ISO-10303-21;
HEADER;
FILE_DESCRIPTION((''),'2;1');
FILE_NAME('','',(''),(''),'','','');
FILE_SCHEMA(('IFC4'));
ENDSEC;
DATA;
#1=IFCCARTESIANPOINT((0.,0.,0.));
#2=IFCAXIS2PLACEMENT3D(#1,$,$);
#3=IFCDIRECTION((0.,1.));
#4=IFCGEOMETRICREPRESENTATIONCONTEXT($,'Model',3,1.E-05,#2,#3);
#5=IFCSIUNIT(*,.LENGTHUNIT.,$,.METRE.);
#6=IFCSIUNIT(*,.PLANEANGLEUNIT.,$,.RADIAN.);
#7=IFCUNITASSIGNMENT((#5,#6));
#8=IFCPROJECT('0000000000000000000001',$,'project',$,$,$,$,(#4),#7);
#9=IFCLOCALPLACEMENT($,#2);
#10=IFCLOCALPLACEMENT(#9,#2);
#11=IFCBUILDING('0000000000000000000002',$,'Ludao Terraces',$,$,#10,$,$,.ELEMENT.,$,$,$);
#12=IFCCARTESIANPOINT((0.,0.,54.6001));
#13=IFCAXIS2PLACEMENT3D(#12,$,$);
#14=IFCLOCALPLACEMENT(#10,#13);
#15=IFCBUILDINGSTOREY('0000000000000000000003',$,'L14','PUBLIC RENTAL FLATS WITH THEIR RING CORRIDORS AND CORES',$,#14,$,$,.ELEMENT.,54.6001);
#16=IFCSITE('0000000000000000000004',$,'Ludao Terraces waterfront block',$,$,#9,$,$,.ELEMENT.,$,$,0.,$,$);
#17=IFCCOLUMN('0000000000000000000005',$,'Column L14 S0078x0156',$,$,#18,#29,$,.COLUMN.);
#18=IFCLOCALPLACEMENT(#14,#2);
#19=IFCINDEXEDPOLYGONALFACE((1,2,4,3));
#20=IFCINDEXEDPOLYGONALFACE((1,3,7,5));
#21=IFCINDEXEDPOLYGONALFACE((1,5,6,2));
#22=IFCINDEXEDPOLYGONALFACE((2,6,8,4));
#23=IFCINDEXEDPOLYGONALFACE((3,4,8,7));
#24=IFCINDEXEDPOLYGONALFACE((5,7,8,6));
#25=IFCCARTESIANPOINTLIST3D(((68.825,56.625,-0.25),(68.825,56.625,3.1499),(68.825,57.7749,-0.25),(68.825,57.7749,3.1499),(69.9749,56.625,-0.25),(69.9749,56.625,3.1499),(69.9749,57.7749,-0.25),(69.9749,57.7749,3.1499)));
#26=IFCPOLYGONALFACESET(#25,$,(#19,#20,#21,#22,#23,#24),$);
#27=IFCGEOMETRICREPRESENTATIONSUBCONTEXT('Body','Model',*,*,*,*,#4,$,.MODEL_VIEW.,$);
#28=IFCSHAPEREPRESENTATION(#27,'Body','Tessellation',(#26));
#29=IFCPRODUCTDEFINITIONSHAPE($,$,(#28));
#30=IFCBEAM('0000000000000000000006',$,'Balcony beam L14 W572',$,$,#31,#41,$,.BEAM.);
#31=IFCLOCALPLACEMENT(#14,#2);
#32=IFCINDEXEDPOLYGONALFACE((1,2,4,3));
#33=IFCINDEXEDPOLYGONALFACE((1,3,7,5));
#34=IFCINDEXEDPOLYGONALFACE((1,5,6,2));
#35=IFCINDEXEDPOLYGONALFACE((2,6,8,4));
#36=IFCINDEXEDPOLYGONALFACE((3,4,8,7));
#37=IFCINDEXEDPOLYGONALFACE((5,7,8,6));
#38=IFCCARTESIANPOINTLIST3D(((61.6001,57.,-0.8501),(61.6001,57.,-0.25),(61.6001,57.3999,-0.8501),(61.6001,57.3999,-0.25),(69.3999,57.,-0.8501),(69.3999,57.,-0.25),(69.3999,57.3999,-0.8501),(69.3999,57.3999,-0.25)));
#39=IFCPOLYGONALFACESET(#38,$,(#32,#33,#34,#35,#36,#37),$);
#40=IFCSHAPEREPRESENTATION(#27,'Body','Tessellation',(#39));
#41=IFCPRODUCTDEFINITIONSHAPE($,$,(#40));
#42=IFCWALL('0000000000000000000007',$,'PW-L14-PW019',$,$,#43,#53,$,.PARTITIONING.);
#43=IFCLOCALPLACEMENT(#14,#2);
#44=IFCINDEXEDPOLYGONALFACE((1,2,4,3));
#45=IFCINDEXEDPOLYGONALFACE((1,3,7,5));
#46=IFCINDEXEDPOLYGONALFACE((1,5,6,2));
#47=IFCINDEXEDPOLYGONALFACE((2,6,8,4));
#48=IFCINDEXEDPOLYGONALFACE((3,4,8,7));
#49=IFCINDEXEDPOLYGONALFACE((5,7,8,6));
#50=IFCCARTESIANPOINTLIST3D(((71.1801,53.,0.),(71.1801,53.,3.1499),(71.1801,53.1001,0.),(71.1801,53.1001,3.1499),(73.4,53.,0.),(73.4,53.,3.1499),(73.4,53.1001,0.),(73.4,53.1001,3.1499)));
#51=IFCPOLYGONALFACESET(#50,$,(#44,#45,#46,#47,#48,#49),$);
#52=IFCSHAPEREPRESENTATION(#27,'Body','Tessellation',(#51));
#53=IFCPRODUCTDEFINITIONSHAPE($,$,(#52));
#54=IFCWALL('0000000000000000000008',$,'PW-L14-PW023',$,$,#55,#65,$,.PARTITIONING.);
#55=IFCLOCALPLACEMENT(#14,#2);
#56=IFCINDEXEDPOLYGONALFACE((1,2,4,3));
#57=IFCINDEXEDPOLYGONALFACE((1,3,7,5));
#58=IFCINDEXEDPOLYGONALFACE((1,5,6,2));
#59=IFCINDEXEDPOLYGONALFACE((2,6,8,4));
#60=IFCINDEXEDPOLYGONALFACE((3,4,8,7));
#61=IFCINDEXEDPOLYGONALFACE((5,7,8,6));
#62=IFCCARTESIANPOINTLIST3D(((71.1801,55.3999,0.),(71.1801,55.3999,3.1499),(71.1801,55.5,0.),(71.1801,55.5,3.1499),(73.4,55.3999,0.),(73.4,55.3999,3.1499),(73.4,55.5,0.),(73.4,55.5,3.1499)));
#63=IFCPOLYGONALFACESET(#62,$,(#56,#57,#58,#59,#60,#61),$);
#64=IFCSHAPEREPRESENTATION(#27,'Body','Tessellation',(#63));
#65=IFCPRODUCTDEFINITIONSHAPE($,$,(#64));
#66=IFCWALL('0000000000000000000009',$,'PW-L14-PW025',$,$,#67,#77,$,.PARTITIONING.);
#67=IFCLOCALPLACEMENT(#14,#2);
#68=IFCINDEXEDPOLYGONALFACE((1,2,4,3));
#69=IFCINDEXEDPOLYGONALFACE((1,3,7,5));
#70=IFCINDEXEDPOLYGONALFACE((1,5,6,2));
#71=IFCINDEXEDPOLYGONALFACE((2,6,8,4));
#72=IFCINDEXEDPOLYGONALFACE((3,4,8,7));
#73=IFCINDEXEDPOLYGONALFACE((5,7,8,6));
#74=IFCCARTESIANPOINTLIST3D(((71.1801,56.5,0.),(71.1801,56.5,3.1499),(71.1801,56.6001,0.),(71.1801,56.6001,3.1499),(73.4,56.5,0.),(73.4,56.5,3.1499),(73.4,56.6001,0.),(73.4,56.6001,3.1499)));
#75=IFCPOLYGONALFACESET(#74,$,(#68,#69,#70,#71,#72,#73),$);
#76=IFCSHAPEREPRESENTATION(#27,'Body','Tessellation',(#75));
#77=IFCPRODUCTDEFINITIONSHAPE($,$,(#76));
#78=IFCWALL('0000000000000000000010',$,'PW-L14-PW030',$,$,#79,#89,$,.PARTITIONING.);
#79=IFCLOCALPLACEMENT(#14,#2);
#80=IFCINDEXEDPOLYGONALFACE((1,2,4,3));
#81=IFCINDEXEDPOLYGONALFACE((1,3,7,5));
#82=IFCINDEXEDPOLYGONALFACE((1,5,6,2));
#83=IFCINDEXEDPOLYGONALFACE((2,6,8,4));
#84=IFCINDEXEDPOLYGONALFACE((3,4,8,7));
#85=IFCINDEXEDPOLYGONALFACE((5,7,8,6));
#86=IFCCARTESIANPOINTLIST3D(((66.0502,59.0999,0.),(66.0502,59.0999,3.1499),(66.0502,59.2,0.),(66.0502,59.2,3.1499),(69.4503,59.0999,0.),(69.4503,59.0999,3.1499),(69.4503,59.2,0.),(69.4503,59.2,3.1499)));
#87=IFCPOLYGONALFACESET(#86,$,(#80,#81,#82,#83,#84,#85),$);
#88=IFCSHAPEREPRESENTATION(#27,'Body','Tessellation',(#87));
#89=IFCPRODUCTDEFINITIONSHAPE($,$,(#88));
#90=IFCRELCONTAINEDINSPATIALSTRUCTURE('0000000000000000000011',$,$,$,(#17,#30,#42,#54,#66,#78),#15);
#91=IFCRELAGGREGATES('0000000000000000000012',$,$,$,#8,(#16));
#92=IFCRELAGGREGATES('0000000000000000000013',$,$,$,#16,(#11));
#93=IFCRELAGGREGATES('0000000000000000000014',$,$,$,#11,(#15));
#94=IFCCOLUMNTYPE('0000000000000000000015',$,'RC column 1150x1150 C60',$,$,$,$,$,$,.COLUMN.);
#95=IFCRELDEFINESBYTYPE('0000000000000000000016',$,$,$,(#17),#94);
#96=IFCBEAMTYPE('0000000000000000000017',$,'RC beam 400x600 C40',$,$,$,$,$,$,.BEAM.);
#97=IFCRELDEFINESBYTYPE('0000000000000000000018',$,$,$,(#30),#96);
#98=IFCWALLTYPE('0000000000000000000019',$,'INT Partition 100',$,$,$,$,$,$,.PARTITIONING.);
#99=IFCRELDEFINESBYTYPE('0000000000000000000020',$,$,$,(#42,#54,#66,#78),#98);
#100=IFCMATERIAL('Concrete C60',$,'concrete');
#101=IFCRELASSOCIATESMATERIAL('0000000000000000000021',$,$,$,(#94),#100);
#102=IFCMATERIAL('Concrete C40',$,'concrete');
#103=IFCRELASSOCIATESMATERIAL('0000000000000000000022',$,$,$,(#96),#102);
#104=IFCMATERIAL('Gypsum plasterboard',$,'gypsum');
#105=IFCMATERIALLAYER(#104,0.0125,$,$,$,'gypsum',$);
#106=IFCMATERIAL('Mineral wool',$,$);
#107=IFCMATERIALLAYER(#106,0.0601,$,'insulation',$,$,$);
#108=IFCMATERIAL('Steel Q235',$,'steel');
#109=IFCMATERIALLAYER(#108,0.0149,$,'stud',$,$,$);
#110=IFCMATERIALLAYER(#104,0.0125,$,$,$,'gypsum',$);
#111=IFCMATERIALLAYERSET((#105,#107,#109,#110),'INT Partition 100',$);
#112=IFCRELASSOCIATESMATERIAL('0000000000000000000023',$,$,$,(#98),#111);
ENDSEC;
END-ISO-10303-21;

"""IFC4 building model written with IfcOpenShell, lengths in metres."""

from ifc_helpers import new_model, si_unit, direction, frame, frame_2d, origin, origin_2d, place, context, subcontext, project, spatial, rectangle, extrude, material, layer, layer_set, material_profile, profile_set, type_object, element, save


model = new_model("IFC4")

# Units and contexts
model_context = context("Model", 3, precision=1e-05, world=origin(), true_north=direction((0.0, 1.0)))
body_context = subcontext(model_context, "Body", "Model", "MODEL_VIEW")
ifc_project = project(units=[si_unit("LENGTHUNIT", "METRE"), si_unit("PLANEANGLEUNIT", "RADIAN")], contexts=[model_context])

# Site, building, storey
site_placement = place(None, origin())
site = spatial("IfcSite", under=ifc_project, at=site_placement, Name="Ludao Terraces waterfront block", CompositionType="ELEMENT", RefElevation=0.0)
building_placement = place(site_placement, origin())
building = spatial("IfcBuilding", under=site, at=building_placement, Name="Ludao Terraces", CompositionType="ELEMENT")
storey_placement = place(building_placement, frame((0.0, 0.0, 54.6001)))
storey = spatial("IfcBuildingStorey", under=building, at=storey_placement, Name="L14", Description="PUBLIC RENTAL FLATS WITH THEIR RING CORRIDORS AND CORES", CompositionType="ELEMENT", Elevation=54.6001)

# Column
ifc_material_1 = material(Name="Concrete C60", Category="concrete")
ifc_material_profile_1 = material_profile(ifc_material_1, rectangle(XDim=1.1499, YDim=1.1499, at=origin_2d()), Name="1150 X 1150")
ifc_profile_set_1 = profile_set([ifc_material_profile_1], Name="Concrete C60")
column_type = type_object("IfcColumnType", Name="RC column 1150x1150 C60", PredefinedType="COLUMN", material=ifc_profile_set_1)
column_placement = place(storey_placement, frame((69.3999, 57.2, -0.25), z_axis=(0.0, 0.0, 1.0), x_axis=(1.0, 0.0, 0.0)))
element("IfcColumn", 1, at=column_placement, inside=storey, type_object=column_type, Name="Column L14 S0078x0156", PredefinedType="COLUMN", context=body_context, shape_type="SweptSolid", body=[
    extrude(rectangle(XDim=1.1499, YDim=1.1499, at=origin_2d()), origin(), (0.0, 0.0, 1.0), 3.3999),
])

# Beam
ifc_material_2 = material(Name="Concrete C40", Category="concrete")
ifc_material_profile_2 = material_profile(ifc_material_2, rectangle(XDim=0.3999, YDim=0.6001, at=origin_2d()), Name="400 X 600")
ifc_profile_set_2 = profile_set([ifc_material_profile_2], Name="Concrete C40")
beam_type = type_object("IfcBeamType", Name="RC beam 400x600 C40", PredefinedType="BEAM", material=ifc_profile_set_2)
beam_placement = place(storey_placement, frame((69.3999, 57.2, -0.55), z_axis=(-1.0, 0.0, 0.0), x_axis=(0.0, -1.0, 0.0)))
element("IfcBeam", 2, at=beam_placement, inside=storey, type_object=beam_type, Name="Balcony beam L14 W572", PredefinedType="BEAM", context=body_context, shape_type="SweptSolid", body=[
    extrude(rectangle(XDim=0.3999, YDim=0.6001, at=origin_2d()), origin(), (0.0, 0.0, 1.0), 7.7998),
])

# Walls
ifc_material_3 = material(Name="Gypsum plasterboard", Category="gypsum")
ifc_layer_1 = layer(ifc_material_3, 0.0125, Category="gypsum")
ifc_material_4 = material(Name="Mineral wool")
ifc_layer_2 = layer(ifc_material_4, 0.0601, Name="insulation")
ifc_material_5 = material(Name="Steel Q235", Category="steel")
ifc_layer_3 = layer(ifc_material_5, 0.0149, Name="stud")
ifc_layer_4 = layer(ifc_material_3, 0.0125, Category="gypsum")
ifc_layer_set = layer_set([ifc_layer_1, ifc_layer_2, ifc_layer_3, ifc_layer_4], Name="INT Partition 100")
wall_type = type_object("IfcWallType", Name="INT Partition 100", PredefinedType="PARTITIONING", material=ifc_layer_set)
for number, where, z_axis, x_axis, name in (
    (3, (71.1802, 53.05, 0.0), (0.0, 0.0, 1.0), (1.0, 0.0, 0.0), "PW-L14-PW019"),
    (4, (71.1802, 55.45, 0.0), (0.0, 0.0, 1.0), (1.0, 0.0, 0.0), "PW-L14-PW023"),
    (5, (71.1802, 56.55, 0.0), (0.0, 0.0, 1.0), (1.0, 0.0, 0.0), "PW-L14-PW025"),
):
    element("IfcWall", number, at=place(storey_placement, frame(where, z_axis=z_axis, x_axis=x_axis)), inside=storey, type_object=wall_type, Name=name, PredefinedType="PARTITIONING", context=body_context, shape_type="SweptSolid", body=[
        extrude(rectangle(XDim=2.22, YDim=0.1001, at=frame_2d((1.1099, 0.0))), origin(), (0.0, 0.0, 1.0), 3.1499),
    ])
wall_1_placement = place(storey_placement, frame((66.05, 59.1499, 0.0), z_axis=(0.0, 0.0, 1.0), x_axis=(1.0, 0.0, 0.0)))
element("IfcWall", 6, at=wall_1_placement, inside=storey, type_object=wall_type, Name="PW-L14-PW030", PredefinedType="PARTITIONING", context=body_context, shape_type="SweptSolid", body=[
    extrude(rectangle(XDim=3.4001, YDim=0.1001, at=frame_2d((1.7002, 0.0))), origin(), (0.0, 0.0, 1.0), 3.1499),
])

save(model, "model.ifc")
